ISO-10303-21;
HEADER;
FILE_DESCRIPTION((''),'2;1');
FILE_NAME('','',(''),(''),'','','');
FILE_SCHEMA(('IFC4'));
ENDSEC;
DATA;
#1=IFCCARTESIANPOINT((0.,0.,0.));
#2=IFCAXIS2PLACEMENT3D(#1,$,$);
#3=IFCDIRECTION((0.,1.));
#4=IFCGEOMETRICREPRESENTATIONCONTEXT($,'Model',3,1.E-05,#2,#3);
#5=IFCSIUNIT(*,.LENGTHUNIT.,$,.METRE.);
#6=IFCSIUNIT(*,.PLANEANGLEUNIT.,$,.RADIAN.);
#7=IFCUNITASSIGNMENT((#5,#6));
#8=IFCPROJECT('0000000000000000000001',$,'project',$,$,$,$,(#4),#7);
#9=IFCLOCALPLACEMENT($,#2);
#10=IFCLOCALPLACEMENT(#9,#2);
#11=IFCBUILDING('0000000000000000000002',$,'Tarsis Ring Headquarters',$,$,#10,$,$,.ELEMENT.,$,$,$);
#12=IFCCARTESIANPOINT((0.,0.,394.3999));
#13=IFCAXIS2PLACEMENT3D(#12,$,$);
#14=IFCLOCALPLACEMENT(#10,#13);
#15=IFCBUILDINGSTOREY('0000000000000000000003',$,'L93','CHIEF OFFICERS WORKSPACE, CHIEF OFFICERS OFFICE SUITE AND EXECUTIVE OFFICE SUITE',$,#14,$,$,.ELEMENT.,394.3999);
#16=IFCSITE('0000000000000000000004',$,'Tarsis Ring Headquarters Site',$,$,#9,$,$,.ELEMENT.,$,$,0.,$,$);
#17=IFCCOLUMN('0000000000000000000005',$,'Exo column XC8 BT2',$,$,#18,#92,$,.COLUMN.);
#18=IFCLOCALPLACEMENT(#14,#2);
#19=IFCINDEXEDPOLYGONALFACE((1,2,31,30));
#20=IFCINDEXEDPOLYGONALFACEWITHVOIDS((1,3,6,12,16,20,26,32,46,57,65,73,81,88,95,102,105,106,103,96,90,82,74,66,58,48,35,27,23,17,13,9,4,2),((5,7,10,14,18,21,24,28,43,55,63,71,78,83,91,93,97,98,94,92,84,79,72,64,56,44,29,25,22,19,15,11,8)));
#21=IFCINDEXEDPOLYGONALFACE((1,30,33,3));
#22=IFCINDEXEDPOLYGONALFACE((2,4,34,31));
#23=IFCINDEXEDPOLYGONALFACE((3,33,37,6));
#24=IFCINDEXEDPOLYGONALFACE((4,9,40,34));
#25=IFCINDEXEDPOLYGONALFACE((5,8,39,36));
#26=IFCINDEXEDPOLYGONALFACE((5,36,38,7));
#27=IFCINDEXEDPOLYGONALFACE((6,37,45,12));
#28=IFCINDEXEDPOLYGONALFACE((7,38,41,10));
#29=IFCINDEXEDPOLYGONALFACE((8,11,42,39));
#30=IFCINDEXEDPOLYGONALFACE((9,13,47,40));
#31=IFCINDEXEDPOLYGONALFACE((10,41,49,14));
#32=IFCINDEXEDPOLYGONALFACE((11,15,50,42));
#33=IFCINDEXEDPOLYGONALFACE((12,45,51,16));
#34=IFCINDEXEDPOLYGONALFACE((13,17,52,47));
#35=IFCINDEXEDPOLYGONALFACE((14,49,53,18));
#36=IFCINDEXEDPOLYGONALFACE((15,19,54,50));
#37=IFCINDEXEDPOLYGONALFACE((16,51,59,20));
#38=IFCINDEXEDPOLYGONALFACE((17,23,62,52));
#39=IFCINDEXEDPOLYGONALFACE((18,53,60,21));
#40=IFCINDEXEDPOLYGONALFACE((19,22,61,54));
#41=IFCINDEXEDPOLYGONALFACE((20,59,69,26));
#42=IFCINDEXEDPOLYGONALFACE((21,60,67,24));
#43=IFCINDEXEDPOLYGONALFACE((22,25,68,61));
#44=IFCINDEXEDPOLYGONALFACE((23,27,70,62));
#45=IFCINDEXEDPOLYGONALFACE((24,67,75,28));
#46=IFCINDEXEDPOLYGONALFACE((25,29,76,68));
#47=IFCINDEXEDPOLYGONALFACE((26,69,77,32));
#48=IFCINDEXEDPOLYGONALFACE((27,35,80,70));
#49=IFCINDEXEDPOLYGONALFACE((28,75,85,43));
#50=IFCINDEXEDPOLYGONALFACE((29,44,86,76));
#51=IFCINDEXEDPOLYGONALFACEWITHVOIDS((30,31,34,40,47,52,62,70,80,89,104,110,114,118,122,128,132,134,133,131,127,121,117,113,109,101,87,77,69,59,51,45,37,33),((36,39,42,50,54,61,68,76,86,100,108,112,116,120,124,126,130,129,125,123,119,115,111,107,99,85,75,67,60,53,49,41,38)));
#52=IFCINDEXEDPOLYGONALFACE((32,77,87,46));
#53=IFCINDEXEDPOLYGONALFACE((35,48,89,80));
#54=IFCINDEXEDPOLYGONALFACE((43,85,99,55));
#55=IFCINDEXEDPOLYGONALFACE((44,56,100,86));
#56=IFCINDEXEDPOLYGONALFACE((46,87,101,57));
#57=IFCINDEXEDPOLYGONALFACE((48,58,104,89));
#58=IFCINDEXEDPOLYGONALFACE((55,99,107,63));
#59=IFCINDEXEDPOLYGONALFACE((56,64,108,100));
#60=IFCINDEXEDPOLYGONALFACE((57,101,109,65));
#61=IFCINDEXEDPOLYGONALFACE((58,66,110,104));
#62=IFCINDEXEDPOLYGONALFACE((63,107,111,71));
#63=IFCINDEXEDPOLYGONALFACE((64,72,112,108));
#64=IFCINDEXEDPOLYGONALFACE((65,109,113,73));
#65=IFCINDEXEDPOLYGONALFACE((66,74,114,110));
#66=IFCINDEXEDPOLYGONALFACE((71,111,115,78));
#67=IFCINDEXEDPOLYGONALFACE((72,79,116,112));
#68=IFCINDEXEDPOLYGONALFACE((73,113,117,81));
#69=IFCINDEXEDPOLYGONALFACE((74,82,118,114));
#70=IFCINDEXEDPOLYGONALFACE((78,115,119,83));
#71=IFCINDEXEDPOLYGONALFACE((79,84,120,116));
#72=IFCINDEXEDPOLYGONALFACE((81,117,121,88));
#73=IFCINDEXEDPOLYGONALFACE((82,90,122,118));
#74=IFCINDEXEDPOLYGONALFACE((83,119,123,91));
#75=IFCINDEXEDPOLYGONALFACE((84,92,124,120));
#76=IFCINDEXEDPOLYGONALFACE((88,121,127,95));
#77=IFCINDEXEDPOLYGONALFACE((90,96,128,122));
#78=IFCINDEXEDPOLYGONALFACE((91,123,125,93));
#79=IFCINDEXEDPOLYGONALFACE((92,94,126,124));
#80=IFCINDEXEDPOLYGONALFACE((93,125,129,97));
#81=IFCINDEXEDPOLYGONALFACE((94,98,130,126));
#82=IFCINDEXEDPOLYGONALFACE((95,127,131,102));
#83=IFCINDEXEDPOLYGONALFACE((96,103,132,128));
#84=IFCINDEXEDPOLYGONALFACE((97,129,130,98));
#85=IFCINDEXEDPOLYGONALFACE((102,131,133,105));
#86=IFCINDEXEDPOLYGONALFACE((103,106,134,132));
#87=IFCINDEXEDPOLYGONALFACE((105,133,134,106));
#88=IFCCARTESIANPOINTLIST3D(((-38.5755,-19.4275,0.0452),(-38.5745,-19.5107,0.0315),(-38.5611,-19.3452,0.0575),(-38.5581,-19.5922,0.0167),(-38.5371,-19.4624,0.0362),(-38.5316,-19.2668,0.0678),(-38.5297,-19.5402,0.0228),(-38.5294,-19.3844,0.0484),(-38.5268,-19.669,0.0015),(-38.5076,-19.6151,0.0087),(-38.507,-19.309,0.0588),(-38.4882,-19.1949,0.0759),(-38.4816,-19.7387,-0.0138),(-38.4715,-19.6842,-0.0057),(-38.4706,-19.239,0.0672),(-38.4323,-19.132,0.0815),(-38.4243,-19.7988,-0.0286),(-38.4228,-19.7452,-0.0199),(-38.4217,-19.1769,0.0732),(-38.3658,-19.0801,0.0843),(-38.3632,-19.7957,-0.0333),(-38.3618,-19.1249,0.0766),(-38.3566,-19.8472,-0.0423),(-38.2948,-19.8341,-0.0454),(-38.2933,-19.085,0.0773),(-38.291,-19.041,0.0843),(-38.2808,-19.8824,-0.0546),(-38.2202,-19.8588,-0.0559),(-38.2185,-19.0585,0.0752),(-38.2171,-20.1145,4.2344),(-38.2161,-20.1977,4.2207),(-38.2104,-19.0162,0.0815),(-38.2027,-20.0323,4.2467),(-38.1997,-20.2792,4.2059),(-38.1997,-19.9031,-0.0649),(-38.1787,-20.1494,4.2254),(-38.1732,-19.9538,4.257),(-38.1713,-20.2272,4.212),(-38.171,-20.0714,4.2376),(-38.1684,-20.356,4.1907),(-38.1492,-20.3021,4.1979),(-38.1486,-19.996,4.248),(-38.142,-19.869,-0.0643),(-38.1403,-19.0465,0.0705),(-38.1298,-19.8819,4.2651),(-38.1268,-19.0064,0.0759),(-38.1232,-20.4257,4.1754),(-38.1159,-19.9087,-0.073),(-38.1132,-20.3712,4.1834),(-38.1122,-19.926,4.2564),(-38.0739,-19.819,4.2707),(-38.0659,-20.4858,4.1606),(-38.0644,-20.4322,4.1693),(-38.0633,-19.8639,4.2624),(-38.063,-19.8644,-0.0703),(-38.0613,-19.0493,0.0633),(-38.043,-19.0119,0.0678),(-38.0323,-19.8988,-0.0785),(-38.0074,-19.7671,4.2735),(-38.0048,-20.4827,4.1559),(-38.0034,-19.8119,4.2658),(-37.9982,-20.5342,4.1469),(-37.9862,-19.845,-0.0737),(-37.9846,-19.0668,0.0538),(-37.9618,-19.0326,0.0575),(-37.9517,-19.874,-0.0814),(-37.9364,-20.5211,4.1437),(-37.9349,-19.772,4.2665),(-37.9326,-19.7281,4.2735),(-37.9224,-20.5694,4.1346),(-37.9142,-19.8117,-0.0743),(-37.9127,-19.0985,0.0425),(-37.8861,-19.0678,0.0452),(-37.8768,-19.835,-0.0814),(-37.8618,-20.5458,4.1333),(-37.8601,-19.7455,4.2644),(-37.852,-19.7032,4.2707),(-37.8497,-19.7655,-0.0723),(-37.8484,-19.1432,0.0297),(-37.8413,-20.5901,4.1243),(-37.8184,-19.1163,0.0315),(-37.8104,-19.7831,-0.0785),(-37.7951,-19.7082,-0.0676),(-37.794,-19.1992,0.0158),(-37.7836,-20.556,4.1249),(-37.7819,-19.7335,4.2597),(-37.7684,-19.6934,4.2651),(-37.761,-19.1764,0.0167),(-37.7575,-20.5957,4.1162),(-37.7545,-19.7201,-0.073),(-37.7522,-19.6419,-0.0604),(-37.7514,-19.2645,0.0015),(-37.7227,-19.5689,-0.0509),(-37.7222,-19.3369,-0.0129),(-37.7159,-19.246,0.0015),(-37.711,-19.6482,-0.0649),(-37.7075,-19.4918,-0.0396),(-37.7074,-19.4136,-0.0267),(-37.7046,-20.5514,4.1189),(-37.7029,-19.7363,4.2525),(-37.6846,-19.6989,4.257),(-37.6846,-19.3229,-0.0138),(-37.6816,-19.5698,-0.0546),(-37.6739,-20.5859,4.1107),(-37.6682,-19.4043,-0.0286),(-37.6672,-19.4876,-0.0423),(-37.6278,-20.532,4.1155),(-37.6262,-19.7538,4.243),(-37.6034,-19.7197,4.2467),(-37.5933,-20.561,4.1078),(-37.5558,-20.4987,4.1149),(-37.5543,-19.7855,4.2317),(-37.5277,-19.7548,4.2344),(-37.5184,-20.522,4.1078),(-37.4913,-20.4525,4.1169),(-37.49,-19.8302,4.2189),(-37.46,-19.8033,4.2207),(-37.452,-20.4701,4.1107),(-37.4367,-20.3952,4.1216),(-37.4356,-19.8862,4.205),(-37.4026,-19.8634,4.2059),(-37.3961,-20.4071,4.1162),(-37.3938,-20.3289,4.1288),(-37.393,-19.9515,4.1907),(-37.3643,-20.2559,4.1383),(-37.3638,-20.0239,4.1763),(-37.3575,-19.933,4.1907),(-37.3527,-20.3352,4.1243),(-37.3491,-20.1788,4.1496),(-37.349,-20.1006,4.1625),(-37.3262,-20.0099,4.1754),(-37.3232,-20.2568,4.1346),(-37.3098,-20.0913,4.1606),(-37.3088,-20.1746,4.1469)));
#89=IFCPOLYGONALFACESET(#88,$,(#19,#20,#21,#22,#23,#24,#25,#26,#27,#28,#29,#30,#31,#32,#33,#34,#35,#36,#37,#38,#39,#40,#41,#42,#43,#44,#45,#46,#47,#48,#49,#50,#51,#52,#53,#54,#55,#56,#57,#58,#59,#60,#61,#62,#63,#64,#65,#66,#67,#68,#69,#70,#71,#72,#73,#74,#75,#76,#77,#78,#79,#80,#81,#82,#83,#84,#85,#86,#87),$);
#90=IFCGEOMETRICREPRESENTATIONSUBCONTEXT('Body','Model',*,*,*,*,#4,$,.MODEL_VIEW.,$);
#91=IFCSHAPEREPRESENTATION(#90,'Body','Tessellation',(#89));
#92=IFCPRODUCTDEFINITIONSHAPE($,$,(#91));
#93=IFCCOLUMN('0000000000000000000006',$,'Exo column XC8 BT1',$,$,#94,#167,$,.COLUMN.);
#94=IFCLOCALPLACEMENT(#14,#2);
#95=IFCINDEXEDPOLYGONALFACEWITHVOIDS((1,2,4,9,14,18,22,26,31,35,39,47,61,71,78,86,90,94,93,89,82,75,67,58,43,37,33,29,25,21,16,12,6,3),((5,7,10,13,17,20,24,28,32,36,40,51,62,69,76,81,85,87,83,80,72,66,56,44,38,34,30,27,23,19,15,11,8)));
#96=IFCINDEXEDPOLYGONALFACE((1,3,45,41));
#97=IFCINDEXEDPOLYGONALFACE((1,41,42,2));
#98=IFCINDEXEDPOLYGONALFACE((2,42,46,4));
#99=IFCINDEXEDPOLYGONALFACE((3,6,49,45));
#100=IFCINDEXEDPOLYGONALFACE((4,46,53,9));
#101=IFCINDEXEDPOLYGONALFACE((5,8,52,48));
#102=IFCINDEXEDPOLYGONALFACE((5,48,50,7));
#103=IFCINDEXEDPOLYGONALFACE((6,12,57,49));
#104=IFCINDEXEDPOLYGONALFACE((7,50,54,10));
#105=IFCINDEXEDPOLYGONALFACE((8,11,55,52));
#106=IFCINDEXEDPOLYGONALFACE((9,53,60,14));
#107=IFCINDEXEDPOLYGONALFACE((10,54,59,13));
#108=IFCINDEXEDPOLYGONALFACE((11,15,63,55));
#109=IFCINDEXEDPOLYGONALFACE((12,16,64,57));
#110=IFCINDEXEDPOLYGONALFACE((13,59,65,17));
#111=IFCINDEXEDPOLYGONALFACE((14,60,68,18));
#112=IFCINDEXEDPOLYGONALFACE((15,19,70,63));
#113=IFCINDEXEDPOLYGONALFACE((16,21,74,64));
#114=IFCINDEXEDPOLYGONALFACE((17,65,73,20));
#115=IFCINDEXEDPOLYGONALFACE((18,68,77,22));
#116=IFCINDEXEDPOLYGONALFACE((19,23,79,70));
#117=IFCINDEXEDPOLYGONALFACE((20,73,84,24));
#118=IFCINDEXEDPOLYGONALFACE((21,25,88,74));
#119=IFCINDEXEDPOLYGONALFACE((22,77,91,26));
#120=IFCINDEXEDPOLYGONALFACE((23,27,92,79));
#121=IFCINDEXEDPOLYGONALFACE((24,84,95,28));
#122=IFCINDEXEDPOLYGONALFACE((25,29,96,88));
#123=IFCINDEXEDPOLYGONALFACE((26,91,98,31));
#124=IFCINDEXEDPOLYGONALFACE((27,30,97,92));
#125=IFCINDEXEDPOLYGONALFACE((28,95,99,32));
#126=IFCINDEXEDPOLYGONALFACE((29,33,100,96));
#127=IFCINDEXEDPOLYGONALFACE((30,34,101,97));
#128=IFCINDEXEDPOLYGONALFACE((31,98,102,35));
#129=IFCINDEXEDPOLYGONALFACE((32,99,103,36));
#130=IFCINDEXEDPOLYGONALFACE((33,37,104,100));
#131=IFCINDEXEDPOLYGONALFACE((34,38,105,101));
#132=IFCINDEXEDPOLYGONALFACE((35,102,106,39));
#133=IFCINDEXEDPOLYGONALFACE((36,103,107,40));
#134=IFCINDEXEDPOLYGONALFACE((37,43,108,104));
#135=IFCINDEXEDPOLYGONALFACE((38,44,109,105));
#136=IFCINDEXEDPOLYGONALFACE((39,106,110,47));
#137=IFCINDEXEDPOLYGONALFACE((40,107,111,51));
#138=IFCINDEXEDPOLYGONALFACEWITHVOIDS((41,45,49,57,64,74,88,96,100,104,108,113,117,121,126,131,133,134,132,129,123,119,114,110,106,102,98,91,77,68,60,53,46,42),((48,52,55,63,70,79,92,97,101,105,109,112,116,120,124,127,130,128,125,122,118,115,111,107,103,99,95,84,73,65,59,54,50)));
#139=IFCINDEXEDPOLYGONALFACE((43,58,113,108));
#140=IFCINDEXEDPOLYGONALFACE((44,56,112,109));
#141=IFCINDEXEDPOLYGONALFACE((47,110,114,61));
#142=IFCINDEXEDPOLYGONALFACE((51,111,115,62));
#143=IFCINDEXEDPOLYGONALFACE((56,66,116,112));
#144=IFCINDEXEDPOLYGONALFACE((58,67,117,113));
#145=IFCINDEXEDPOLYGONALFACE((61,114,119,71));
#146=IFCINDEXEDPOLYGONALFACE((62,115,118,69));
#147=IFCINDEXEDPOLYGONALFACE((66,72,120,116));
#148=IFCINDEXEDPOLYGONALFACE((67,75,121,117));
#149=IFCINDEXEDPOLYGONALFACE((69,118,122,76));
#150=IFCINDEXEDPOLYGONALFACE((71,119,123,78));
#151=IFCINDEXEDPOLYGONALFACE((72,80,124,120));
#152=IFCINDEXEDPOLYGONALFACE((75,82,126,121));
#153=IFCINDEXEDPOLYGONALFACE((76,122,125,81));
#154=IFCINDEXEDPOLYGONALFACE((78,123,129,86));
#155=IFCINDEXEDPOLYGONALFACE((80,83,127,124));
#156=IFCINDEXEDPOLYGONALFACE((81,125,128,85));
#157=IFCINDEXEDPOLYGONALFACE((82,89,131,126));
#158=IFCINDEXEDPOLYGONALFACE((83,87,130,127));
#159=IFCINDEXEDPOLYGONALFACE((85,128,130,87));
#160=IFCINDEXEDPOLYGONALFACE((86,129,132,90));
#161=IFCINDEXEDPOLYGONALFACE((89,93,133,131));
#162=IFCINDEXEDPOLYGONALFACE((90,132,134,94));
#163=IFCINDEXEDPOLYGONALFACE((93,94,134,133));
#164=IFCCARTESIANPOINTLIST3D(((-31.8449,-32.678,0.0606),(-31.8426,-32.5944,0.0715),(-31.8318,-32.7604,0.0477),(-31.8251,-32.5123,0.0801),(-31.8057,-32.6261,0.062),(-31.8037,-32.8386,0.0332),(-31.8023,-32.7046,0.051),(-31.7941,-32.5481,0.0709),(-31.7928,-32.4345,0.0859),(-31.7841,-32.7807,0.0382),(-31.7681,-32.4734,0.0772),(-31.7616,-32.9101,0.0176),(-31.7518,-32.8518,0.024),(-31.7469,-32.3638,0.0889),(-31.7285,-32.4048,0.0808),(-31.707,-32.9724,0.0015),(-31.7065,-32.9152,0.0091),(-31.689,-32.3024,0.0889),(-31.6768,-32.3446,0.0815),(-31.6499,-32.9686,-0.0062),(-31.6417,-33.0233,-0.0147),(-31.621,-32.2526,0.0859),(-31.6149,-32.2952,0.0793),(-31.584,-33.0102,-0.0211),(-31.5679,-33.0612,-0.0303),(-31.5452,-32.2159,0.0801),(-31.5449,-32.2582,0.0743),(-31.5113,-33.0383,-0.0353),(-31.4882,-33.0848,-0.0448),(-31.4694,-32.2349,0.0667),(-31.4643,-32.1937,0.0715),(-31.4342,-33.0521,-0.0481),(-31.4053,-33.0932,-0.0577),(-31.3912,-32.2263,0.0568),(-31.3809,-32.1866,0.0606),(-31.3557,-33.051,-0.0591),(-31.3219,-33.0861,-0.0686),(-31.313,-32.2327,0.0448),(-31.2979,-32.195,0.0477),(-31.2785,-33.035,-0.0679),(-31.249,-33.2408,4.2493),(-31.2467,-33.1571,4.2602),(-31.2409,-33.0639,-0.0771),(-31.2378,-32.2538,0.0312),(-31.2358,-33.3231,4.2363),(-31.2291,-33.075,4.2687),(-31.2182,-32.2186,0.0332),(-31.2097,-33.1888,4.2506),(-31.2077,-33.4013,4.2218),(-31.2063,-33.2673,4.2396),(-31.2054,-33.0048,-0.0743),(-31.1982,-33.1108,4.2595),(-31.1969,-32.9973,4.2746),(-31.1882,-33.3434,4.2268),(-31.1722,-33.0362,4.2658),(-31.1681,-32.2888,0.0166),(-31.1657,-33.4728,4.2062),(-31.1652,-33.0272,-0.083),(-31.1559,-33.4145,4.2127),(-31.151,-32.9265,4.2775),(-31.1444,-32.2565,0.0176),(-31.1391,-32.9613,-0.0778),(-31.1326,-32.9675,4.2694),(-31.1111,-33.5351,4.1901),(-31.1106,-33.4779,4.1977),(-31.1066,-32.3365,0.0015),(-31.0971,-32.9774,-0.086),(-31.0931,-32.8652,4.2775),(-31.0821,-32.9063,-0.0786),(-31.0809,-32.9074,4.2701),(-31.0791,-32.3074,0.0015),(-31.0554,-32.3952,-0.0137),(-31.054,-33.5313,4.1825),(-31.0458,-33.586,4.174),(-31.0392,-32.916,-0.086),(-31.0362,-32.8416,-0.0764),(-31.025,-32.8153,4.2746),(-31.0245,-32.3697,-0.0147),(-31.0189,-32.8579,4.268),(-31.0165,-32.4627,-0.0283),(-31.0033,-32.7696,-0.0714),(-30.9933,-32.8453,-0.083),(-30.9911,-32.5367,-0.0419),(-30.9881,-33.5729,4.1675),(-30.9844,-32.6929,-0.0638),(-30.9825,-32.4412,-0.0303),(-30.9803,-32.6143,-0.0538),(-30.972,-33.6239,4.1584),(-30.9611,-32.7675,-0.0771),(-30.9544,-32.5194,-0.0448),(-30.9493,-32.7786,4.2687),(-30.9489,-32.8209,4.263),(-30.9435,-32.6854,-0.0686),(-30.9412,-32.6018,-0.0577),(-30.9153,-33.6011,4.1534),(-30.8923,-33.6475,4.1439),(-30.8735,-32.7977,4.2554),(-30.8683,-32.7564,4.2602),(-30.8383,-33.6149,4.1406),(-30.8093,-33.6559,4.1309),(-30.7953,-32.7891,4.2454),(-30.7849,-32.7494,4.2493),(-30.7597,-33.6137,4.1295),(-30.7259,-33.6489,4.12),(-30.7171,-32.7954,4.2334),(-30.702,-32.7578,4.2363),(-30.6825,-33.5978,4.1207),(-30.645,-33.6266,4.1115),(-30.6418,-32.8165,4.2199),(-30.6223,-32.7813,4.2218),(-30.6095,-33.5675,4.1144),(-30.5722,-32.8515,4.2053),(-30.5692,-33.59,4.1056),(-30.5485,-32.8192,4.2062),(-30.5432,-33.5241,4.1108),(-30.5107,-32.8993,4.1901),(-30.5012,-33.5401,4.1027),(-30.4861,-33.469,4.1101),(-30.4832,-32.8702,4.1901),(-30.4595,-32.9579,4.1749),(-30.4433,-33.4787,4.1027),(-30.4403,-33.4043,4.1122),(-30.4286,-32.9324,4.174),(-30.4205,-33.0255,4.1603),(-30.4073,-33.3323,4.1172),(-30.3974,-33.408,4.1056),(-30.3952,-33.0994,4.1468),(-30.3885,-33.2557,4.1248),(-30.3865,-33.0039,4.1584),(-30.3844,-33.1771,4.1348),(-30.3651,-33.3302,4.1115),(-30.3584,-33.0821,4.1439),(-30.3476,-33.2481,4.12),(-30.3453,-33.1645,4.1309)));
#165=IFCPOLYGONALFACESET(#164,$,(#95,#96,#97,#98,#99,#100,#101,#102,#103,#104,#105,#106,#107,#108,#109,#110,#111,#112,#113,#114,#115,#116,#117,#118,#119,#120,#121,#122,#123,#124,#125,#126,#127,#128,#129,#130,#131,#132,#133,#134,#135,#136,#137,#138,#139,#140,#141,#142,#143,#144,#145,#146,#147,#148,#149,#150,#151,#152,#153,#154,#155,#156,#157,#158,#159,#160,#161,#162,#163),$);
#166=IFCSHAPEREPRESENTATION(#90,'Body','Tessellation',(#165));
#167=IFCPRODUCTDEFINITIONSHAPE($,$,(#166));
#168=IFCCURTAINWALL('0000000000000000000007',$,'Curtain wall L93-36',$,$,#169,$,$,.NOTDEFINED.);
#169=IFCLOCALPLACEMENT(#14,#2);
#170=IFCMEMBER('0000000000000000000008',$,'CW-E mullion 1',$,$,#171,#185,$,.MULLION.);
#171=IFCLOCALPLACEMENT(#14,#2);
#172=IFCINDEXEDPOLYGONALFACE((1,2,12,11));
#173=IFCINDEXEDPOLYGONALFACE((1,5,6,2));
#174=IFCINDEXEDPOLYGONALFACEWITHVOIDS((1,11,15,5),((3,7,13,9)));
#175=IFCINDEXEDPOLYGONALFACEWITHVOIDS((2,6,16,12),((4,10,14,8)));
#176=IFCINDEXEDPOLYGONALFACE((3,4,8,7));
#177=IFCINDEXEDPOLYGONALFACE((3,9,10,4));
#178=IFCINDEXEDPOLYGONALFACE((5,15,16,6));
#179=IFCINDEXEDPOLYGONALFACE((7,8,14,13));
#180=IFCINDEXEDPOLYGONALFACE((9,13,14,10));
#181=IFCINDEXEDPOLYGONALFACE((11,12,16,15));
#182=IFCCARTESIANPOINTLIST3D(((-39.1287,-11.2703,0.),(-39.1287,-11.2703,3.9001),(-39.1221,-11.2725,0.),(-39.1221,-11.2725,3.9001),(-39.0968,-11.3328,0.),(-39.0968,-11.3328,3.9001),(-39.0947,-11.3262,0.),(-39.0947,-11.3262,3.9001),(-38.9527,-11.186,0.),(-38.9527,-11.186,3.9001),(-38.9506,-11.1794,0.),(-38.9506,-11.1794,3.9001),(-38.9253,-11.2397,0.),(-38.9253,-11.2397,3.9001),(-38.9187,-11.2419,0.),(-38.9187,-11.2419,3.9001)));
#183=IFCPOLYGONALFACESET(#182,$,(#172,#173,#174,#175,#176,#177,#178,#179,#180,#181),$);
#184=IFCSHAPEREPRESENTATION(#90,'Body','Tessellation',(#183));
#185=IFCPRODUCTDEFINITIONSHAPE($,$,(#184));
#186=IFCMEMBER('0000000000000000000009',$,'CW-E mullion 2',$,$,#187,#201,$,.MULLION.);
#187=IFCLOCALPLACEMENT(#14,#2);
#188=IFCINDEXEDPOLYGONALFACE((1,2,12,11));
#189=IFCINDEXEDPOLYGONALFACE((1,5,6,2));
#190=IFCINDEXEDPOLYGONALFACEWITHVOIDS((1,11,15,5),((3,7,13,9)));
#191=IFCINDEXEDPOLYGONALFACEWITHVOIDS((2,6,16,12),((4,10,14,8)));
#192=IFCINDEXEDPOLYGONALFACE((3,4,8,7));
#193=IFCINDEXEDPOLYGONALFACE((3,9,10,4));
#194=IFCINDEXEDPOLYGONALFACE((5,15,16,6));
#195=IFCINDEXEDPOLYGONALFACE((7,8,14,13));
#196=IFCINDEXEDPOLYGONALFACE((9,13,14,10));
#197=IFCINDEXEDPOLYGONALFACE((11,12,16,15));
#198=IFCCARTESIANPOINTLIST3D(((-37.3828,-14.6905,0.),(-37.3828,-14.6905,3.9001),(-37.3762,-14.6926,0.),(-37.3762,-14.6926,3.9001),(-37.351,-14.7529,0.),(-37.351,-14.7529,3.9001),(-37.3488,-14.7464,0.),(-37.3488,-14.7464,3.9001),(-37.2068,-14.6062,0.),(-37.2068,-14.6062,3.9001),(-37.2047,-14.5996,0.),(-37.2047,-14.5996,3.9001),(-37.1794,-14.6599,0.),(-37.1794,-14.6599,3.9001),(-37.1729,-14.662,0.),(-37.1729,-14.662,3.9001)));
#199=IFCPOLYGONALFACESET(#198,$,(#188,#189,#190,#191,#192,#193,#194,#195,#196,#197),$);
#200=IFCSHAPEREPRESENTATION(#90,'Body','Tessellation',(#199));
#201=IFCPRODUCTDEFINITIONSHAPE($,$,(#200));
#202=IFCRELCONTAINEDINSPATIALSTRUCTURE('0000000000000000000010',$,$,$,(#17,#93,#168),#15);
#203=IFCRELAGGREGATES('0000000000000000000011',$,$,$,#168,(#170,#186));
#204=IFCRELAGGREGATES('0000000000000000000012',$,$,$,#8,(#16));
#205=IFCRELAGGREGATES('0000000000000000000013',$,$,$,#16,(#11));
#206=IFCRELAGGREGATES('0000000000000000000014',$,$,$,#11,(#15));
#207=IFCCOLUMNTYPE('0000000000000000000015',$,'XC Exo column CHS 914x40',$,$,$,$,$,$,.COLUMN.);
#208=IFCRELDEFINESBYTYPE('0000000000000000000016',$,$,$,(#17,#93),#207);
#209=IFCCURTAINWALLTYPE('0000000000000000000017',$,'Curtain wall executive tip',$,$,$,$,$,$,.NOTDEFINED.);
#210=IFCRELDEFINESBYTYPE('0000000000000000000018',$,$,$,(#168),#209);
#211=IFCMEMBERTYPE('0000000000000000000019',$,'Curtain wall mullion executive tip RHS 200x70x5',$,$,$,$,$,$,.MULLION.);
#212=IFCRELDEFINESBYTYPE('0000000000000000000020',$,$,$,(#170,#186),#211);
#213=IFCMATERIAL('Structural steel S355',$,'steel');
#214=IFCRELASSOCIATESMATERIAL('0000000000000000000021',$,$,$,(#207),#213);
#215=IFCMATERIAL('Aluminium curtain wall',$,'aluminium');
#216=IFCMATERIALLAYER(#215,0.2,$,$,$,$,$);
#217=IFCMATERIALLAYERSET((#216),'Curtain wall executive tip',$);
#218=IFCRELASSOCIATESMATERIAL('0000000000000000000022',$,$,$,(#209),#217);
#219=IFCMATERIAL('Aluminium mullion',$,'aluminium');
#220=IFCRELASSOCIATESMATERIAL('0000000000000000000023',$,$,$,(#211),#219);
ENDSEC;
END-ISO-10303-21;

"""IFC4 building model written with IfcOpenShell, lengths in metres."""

from ifc_helpers import new_model, si_unit, direction, frame, origin, origin_2d, place, context, subcontext, project, spatial, hollow_rectangle, hollow_circle, extrude, material, layer, layer_set, material_profile, profile_set, type_object, element, aggregate, save


model = new_model("IFC4")

# Units and contexts
model_context = context("Model", 3, precision=1e-05, world=origin(), true_north=direction((0.0, 1.0)))
body_context = subcontext(model_context, "Body", "Model", "MODEL_VIEW")
ifc_project = project(units=[si_unit("LENGTHUNIT", "METRE"), si_unit("PLANEANGLEUNIT", "RADIAN")], contexts=[model_context])

# Site, building, storey
site_placement = place(None, origin())
site = spatial("IfcSite", under=ifc_project, at=site_placement, Name="Tarsis Ring Headquarters Site", CompositionType="ELEMENT", RefElevation=0.0)
building_placement = place(site_placement, origin())
building = spatial("IfcBuilding", under=site, at=building_placement, Name="Tarsis Ring Headquarters", CompositionType="ELEMENT")
storey_placement = place(building_placement, frame((0.0, 0.0, 394.3999)))
storey = spatial("IfcBuildingStorey", under=building, at=storey_placement, Name="L93", Description="CHIEF OFFICERS WORKSPACE, CHIEF OFFICERS OFFICE SUITE AND EXECUTIVE OFFICE SUITE", CompositionType="ELEMENT", Elevation=394.3999)

# Columns
ifc_material_1 = material(Name="Structural steel S355", Category="steel")
ifc_material_profile_1 = material_profile(ifc_material_1, hollow_circle(Radius=0.457, WallThickness=0.04, at=origin_2d()), Name="CHS 914x40")
ifc_profile_set_1 = profile_set([ifc_material_profile_1], Name="Structural steel S355")
column_type = type_object("IfcColumnType", Name="XC Exo column CHS 914x40", PredefinedType="COLUMN", material=ifc_profile_set_1)
column_1_placement = place(storey_placement, frame((-38.1213, -19.4575, 0.0015), z_axis=(0.084126, -0.16126, 0.98332), x_axis=(0.886607, 0.462523, 0.0)))
element("IfcColumn", 1, at=column_1_placement, inside=storey, type_object=column_type, Name="Exo column XC8 BT2", PredefinedType="COLUMN", context=body_context, shape_type="SweptSolid", body=[
    extrude(hollow_circle(Radius=0.4573, WallThickness=0.04, at=origin_2d()), origin(), (0.0, 0.0, 1.0), 4.2603),
])
column_2_placement = place(storey_placement, frame((-31.3931, -32.6399, 0.0015), z_axis=(0.139626, -0.131847, 0.981387), x_axis=(0.686562, 0.727071, 0.0)))
element("IfcColumn", 2, at=column_2_placement, inside=storey, type_object=column_type, Name="Exo column XC8 BT1", PredefinedType="COLUMN", context=body_context, shape_type="SweptSolid", body=[
    extrude(hollow_circle(Radius=0.4573, WallThickness=0.04, at=origin_2d()), origin(), (0.0, 0.0, 1.0), 4.2681),
])

# Curtain wall, members
ifc_material_2 = material(Name="Aluminium curtain wall", Category="aluminium")
ifc_layer_1 = layer(ifc_material_2, 0.2)
ifc_layer_set_1 = layer_set([ifc_layer_1], Name="Curtain wall executive tip")
curtain_wall_type = type_object("IfcCurtainWallType", Name="Curtain wall executive tip", PredefinedType="NOTDEFINED", material=ifc_layer_set_1)
curtain_wall_placement = place(storey_placement, origin())
curtain_wall = element("IfcCurtainWall", 3, at=curtain_wall_placement, inside=storey, type_object=curtain_wall_type, Name="Curtain wall L93-36", PredefinedType="NOTDEFINED")
ifc_material_3 = material(Name="Aluminium mullion", Category="aluminium")
ifc_material_profile_2 = material_profile(ifc_material_3, hollow_rectangle(XDim=0.2, YDim=0.0701, WallThickness=0.0049, at=origin_2d()), Name="RHS 200x70x5")
ifc_profile_set_2 = profile_set([ifc_material_profile_2], Name="Aluminium mullion")
member_type_1 = type_object("IfcMemberType", Name="Curtain wall mullion executive tip RHS 200x70x5", PredefinedType="MULLION", material=ifc_profile_set_2)
member_1_placement = place(storey_placement, frame((-39.0237, -11.2561, 0.0), z_axis=(0.0, 0.0, 1.0), x_axis=(0.890689, 0.454612, 0.0)))
member_1 = element("IfcMember", 4, at=member_1_placement, type_object=member_type_1, Name="CW-E mullion 1", PredefinedType="MULLION", context=body_context, shape_type="SweptSolid", body=[
    extrude(hollow_rectangle(XDim=0.2, YDim=0.0701, WallThickness=0.0049, at=origin_2d()), origin(), (0.0, 0.0, 1.0), 3.9001),
])
member_2_placement = place(storey_placement, frame((-37.2778, -14.6763, 0.0), z_axis=(0.0, 0.0, 1.0), x_axis=(0.890689, 0.454612, 0.0)))
member_2 = element("IfcMember", 5, at=member_2_placement, type_object=member_type_1, Name="CW-E mullion 2", PredefinedType="MULLION", context=body_context, shape_type="SweptSolid", body=[
    extrude(hollow_rectangle(XDim=0.2, YDim=0.0701, WallThickness=0.0049, at=origin_2d()), origin(), (0.0, 0.0, 1.0), 3.9001),
])

aggregate(curtain_wall, [member_1, member_2])

save(model, "model.ifc")
